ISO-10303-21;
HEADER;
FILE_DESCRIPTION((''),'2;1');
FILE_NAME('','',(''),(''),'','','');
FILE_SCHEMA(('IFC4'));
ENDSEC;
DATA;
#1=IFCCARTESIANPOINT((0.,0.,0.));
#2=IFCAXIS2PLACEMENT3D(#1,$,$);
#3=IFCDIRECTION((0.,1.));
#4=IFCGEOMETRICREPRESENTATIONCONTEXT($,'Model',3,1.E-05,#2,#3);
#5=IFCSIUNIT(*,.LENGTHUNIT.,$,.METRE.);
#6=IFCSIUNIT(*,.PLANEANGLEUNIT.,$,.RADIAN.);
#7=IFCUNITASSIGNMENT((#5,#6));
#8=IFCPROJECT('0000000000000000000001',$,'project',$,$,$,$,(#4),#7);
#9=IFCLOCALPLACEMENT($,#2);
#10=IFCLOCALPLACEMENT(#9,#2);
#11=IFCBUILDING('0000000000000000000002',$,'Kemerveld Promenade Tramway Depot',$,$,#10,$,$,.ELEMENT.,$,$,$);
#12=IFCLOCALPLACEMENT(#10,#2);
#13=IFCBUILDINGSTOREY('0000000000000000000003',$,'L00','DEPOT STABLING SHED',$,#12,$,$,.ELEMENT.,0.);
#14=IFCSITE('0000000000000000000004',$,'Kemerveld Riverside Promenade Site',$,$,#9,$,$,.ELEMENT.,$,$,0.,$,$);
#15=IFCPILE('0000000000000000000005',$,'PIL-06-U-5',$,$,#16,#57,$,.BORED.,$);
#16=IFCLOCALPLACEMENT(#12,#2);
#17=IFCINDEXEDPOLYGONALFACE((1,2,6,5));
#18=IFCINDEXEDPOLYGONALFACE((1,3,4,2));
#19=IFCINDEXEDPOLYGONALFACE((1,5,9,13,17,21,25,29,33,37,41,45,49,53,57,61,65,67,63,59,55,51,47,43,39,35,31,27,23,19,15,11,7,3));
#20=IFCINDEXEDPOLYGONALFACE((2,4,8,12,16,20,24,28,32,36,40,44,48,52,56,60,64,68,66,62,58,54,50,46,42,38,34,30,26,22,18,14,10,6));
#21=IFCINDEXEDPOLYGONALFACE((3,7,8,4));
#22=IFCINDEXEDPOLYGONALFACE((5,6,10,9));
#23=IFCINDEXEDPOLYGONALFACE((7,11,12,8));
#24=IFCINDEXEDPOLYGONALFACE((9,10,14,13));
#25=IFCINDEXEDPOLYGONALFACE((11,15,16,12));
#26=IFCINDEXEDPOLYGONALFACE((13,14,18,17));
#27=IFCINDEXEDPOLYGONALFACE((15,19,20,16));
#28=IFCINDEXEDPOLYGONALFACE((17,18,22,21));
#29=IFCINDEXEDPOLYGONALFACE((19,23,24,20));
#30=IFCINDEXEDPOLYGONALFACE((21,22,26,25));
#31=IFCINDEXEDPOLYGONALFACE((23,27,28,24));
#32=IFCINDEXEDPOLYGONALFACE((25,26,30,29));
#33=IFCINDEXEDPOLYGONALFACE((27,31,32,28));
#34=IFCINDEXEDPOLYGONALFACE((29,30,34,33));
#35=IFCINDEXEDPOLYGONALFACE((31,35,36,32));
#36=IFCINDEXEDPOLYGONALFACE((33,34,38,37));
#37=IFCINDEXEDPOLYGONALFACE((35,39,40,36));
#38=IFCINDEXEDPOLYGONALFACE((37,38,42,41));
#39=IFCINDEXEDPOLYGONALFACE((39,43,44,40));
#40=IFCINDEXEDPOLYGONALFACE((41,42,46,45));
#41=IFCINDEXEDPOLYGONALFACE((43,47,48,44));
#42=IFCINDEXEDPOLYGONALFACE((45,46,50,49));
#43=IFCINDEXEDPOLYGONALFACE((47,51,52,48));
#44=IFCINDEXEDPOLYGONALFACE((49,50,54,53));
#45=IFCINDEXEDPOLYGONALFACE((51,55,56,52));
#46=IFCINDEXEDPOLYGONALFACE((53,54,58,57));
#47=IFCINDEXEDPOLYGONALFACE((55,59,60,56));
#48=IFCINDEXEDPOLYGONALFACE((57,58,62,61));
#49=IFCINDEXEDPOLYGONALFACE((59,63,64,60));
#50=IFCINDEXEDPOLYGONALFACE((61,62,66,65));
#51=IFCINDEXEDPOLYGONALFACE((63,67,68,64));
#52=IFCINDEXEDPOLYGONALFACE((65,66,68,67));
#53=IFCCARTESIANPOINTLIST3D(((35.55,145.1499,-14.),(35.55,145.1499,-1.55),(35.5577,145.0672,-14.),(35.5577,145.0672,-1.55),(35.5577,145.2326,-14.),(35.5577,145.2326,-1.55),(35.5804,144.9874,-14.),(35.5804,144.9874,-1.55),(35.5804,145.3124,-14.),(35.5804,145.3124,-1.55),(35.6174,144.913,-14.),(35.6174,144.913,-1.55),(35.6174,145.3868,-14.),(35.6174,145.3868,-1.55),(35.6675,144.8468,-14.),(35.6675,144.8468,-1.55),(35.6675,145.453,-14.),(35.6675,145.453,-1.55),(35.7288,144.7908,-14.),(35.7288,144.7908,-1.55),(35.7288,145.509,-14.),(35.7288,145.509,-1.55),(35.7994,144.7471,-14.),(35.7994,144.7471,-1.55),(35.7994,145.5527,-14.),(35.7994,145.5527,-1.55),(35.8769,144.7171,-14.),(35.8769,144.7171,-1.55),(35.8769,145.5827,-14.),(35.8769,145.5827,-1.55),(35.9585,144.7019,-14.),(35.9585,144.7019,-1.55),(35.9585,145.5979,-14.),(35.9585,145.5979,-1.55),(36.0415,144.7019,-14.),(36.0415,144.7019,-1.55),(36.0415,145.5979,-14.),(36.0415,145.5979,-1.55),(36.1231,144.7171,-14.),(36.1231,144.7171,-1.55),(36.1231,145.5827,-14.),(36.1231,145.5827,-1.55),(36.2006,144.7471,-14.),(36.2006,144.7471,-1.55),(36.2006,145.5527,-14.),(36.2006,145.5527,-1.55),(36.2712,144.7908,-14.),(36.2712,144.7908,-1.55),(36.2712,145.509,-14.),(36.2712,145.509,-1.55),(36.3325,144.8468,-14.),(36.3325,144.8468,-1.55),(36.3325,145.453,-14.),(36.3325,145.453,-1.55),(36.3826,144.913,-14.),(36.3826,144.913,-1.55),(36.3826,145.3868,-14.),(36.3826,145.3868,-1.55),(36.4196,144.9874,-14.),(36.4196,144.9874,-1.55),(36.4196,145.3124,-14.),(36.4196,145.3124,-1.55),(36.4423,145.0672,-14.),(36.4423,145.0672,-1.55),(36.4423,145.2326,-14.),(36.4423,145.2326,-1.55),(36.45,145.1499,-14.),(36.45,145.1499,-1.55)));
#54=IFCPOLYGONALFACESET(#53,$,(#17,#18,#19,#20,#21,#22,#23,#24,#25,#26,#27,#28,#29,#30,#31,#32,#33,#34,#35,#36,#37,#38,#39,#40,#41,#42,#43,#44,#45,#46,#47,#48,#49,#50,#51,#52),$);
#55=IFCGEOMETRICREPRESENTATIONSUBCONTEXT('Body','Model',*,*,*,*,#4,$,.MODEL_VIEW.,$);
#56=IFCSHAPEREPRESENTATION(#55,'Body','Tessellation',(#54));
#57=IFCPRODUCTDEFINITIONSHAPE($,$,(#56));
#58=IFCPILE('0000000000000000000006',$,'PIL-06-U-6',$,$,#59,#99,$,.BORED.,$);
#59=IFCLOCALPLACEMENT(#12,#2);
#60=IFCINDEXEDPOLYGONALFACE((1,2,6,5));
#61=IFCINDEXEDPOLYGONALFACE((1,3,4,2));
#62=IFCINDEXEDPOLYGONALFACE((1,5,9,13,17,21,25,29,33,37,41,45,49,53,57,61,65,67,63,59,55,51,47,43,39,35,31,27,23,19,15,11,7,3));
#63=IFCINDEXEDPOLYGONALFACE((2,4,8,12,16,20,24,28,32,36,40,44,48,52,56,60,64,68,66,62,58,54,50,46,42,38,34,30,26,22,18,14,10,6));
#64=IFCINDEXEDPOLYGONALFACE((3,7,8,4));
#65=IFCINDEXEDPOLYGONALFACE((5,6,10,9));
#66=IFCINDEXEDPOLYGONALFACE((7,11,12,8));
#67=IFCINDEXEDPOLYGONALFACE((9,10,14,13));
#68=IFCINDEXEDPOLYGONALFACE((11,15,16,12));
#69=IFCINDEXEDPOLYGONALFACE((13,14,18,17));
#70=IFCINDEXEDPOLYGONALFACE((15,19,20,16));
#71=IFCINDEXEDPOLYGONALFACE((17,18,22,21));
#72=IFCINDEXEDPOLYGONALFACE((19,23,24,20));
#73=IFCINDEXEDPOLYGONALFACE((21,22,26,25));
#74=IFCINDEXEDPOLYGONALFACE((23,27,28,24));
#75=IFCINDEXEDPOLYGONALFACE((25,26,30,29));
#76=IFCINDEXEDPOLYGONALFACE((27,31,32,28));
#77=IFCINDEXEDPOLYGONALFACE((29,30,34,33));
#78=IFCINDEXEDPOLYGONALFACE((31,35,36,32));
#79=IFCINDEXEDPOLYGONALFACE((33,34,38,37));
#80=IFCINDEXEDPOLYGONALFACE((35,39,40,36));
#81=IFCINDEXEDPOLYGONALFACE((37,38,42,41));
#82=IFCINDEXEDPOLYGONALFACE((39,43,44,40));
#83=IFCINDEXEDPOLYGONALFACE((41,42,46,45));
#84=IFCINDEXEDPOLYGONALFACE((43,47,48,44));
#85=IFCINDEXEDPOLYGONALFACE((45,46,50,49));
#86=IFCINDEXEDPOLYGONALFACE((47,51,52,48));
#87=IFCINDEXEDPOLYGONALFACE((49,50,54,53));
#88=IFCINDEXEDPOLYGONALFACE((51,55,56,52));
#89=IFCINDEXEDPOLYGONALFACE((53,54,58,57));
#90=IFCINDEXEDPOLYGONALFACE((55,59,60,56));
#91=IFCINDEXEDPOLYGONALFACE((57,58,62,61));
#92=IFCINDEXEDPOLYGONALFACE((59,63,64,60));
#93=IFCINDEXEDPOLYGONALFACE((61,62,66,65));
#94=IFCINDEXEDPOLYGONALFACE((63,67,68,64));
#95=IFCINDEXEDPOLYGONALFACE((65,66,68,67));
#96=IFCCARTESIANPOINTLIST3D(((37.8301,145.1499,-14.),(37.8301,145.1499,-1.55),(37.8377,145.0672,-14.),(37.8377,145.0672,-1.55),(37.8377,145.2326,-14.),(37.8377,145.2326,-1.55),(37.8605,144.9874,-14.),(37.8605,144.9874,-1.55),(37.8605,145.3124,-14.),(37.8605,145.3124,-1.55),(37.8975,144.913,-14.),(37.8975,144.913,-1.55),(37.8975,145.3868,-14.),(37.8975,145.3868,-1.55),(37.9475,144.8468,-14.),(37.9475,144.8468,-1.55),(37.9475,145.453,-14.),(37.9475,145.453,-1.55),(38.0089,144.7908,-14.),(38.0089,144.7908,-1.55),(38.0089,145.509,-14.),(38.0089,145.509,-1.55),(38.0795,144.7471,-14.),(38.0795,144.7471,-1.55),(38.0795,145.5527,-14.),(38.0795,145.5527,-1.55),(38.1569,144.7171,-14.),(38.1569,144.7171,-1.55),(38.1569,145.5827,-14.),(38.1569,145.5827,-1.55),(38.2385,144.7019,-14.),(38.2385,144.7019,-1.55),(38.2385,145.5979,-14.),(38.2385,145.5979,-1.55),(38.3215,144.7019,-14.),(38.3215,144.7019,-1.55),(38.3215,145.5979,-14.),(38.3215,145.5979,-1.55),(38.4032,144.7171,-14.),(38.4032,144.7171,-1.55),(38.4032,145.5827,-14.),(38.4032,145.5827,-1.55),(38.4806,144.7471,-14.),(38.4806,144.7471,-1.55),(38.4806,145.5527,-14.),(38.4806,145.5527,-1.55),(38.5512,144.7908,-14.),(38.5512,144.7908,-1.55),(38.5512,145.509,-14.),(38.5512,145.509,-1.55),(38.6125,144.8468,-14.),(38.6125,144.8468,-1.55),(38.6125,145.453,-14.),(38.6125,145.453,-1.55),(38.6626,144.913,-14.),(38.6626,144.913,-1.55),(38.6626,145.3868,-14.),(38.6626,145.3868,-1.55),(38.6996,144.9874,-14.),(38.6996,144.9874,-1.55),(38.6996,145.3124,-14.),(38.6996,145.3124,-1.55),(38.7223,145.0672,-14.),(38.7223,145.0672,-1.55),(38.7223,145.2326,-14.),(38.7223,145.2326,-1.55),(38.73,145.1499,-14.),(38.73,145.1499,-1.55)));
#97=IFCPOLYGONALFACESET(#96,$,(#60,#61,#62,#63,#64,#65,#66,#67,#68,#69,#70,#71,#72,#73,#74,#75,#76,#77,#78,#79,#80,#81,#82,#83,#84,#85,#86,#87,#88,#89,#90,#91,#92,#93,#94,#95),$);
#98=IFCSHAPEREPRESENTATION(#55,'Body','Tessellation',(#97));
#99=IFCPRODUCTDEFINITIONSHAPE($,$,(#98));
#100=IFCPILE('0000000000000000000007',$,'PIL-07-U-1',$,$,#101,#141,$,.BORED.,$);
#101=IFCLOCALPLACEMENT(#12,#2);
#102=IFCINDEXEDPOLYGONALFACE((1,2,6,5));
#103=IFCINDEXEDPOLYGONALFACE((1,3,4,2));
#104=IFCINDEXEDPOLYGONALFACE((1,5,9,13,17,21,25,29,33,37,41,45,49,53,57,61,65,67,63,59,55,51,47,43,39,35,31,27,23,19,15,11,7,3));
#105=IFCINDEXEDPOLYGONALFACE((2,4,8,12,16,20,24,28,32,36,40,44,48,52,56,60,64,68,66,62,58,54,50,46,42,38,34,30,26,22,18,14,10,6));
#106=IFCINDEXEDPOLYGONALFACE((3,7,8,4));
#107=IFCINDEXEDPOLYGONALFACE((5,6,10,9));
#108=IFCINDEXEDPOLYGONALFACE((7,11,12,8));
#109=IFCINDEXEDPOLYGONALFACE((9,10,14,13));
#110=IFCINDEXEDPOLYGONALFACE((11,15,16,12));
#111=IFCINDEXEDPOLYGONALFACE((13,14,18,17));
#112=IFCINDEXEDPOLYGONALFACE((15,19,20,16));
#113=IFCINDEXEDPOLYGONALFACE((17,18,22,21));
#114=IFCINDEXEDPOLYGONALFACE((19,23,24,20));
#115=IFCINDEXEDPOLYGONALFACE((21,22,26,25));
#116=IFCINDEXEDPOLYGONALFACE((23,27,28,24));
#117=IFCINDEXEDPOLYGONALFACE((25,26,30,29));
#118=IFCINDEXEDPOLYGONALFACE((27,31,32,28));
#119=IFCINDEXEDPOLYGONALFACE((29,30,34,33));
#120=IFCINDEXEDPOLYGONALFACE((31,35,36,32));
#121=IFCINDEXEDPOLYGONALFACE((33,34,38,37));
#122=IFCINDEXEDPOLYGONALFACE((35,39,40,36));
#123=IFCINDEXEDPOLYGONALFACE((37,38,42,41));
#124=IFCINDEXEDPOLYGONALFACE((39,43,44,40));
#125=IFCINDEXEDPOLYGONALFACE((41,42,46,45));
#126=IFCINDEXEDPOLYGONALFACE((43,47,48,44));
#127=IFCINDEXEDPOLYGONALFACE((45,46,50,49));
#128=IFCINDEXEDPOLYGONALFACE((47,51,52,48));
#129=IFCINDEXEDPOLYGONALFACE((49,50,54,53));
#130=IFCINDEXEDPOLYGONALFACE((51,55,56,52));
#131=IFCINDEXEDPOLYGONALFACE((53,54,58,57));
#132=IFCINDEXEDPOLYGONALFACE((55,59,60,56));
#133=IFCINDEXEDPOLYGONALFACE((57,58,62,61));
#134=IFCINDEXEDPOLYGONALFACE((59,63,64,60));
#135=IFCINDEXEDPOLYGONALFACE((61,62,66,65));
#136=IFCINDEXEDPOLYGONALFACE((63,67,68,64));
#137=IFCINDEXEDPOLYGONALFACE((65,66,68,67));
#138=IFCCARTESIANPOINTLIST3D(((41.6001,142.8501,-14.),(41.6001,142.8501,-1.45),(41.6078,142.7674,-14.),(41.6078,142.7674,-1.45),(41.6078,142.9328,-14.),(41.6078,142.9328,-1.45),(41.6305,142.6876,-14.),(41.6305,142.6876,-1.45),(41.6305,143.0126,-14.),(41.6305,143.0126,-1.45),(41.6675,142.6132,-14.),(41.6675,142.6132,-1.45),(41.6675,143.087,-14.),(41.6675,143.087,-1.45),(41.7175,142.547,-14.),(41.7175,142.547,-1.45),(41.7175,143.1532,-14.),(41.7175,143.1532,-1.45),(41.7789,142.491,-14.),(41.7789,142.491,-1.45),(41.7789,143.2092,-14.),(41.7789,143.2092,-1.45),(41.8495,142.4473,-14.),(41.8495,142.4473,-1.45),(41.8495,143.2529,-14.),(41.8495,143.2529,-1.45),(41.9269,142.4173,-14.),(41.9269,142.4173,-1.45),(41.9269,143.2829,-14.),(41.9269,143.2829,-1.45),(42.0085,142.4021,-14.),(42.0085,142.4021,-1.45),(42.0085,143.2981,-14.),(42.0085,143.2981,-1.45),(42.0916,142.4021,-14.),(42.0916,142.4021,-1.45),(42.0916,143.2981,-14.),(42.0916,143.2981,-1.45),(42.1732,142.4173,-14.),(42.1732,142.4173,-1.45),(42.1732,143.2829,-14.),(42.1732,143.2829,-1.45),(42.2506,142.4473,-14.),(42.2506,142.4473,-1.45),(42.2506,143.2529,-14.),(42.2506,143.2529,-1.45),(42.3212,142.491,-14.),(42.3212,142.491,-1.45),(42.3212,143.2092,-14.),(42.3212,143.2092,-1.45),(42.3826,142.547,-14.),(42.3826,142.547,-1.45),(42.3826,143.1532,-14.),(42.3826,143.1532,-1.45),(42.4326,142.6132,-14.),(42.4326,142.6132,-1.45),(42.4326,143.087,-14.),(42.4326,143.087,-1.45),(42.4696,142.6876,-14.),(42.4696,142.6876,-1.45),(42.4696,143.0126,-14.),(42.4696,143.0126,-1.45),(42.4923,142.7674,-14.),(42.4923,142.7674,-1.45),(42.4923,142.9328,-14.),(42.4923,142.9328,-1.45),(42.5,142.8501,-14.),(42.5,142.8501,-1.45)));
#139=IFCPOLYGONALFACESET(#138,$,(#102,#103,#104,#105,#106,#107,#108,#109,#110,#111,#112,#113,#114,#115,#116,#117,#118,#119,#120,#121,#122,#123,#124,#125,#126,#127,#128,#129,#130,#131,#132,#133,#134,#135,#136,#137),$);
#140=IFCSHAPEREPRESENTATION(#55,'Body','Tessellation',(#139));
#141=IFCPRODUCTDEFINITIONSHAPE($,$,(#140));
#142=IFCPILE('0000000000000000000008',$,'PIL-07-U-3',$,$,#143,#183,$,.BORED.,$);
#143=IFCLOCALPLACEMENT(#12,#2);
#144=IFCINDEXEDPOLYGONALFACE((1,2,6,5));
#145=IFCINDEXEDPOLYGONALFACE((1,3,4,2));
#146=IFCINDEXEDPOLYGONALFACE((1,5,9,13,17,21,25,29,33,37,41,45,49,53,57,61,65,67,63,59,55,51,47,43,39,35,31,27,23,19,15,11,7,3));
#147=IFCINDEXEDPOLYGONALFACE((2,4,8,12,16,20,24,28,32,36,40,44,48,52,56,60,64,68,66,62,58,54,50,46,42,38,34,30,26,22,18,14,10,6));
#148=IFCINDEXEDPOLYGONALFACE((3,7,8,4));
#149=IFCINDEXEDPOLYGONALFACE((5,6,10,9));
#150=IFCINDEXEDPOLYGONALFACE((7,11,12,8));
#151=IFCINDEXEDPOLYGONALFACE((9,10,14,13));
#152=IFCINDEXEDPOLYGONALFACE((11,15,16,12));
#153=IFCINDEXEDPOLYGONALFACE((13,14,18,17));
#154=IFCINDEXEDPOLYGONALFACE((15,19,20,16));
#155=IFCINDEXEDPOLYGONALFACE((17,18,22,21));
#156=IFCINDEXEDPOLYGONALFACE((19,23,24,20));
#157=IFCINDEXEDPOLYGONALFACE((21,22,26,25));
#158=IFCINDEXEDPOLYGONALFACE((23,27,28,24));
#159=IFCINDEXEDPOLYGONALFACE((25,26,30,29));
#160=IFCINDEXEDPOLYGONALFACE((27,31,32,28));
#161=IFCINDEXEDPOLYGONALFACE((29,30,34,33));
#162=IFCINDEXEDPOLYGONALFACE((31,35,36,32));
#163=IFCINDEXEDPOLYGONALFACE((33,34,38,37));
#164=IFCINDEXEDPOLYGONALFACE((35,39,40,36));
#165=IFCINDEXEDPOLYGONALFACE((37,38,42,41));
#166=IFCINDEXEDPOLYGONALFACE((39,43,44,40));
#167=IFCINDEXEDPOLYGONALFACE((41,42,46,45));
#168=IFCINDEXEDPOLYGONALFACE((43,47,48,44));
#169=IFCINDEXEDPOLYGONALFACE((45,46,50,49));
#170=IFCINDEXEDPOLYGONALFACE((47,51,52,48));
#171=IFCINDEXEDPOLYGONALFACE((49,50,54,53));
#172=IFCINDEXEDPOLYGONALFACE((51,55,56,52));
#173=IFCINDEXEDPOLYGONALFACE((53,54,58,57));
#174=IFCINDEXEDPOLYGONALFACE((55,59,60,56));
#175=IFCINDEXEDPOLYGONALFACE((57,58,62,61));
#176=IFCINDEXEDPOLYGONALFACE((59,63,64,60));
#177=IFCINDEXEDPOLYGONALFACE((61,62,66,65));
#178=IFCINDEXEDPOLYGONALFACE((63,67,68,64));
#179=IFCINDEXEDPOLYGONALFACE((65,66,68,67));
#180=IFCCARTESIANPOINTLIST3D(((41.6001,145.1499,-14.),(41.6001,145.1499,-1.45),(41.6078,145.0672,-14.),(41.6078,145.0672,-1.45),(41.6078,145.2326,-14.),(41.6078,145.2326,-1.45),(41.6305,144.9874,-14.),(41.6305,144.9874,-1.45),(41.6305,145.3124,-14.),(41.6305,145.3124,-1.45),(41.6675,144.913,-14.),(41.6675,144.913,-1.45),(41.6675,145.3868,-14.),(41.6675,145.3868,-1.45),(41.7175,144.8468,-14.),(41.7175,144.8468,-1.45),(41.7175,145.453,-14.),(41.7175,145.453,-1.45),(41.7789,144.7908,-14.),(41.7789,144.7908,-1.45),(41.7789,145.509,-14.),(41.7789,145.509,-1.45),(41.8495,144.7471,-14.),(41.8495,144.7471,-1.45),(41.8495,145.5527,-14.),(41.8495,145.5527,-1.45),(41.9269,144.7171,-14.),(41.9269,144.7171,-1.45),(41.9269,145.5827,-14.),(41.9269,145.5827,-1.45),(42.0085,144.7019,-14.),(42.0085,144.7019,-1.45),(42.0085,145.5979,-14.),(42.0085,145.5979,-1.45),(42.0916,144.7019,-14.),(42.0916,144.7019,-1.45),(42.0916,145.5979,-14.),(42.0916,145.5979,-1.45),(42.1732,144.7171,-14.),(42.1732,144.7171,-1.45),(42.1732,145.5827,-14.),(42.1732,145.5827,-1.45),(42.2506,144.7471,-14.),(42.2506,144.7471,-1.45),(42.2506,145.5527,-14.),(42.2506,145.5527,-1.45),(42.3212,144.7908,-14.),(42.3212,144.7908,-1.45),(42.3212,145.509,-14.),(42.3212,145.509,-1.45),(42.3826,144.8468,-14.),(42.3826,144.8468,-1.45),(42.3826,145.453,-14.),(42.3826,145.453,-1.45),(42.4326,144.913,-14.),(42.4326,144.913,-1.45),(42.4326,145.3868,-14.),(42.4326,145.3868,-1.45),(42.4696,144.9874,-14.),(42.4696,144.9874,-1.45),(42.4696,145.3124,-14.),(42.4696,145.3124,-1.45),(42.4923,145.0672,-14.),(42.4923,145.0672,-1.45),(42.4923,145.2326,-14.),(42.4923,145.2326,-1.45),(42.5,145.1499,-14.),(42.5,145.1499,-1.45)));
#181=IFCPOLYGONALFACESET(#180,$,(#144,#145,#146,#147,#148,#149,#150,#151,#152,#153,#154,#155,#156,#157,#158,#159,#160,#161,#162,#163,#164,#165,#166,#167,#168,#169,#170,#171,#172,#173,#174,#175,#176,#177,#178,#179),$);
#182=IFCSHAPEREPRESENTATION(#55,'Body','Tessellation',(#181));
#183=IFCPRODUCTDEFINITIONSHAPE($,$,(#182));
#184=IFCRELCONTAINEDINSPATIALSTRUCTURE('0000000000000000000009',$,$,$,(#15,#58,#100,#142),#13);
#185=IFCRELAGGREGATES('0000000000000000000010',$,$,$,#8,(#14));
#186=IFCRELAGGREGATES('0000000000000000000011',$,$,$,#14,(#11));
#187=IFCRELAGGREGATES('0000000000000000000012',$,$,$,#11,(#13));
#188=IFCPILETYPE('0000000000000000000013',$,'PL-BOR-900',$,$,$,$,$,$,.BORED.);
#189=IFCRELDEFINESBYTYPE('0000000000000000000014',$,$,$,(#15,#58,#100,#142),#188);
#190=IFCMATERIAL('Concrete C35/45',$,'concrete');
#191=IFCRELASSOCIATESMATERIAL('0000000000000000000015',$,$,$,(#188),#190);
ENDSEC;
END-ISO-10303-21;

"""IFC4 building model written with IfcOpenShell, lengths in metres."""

from ifc_helpers import new_model, si_unit, direction, frame, origin, origin_2d, place, context, subcontext, project, spatial, circle, extrude, material, material_profile, profile_set, type_object, element, save


model = new_model("IFC4")

# Units and contexts
model_context = context("Model", 3, precision=1e-05, world=origin(), true_north=direction((0.0, 1.0)))
body_context = subcontext(model_context, "Body", "Model", "MODEL_VIEW")
ifc_project = project(units=[si_unit("LENGTHUNIT", "METRE"), si_unit("PLANEANGLEUNIT", "RADIAN")], contexts=[model_context])

# Site, building, storey
site_placement = place(None, origin())
site = spatial("IfcSite", under=ifc_project, at=site_placement, Name="Kemerveld Riverside Promenade Site", CompositionType="ELEMENT", RefElevation=0.0)
building_placement = place(site_placement, origin())
building = spatial("IfcBuilding", under=site, at=building_placement, Name="Kemerveld Promenade Tramway Depot", CompositionType="ELEMENT")
storey_placement = place(building_placement, origin())
storey = spatial("IfcBuildingStorey", under=building, at=storey_placement, Name="L00", Description="DEPOT STABLING SHED", CompositionType="ELEMENT", Elevation=0.0)

# Shared definitions
ifc_material_1 = material(Name="Concrete C35/45", Category="concrete")

# Piles
ifc_material_profile_1 = material_profile(ifc_material_1, circle(Radius=0.45, at=origin_2d()), Name="PILE-D900")
ifc_profile_set_1 = profile_set([ifc_material_profile_1], Name="Concrete C35/45")
pile_type = type_object("IfcPileType", Name="PL-BOR-900", PredefinedType="BORED", material=ifc_profile_set_1)
for number, where, z_axis, x_axis, name in (
    (1, (36.0, 145.1499, -1.55), (0.0, 0.0, -1.0), (1.0, 0.0, 0.0), "PIL-06-U-5"),
    (2, (38.28, 145.1499, -1.55), (0.0, 0.0, -1.0), (1.0, 0.0, 0.0), "PIL-06-U-6"),
):
    element("IfcPile", number, at=place(storey_placement, frame(where, z_axis=z_axis, x_axis=x_axis)), inside=storey, type_object=pile_type, Name=name, PredefinedType="BORED", context=body_context, shape_type="SweptSolid", body=[
        extrude(circle(Radius=0.45, at=origin_2d()), origin(), (0.0, 0.0, 1.0), 12.45),
    ])
for number, where, z_axis, x_axis, name in (
    (3, (42.05, 142.8501, -1.45), (0.0, 0.0, -1.0), (1.0, 0.0, 0.0), "PIL-07-U-1"),
    (4, (42.05, 145.1499, -1.45), (0.0, 0.0, -1.0), (1.0, 0.0, 0.0), "PIL-07-U-3"),
):
    element("IfcPile", number, at=place(storey_placement, frame(where, z_axis=z_axis, x_axis=x_axis)), inside=storey, type_object=pile_type, Name=name, PredefinedType="BORED", context=body_context, shape_type="SweptSolid", body=[
        extrude(circle(Radius=0.45, at=origin_2d()), origin(), (0.0, 0.0, 1.0), 12.55),
    ])

save(model, "model.ifc")
